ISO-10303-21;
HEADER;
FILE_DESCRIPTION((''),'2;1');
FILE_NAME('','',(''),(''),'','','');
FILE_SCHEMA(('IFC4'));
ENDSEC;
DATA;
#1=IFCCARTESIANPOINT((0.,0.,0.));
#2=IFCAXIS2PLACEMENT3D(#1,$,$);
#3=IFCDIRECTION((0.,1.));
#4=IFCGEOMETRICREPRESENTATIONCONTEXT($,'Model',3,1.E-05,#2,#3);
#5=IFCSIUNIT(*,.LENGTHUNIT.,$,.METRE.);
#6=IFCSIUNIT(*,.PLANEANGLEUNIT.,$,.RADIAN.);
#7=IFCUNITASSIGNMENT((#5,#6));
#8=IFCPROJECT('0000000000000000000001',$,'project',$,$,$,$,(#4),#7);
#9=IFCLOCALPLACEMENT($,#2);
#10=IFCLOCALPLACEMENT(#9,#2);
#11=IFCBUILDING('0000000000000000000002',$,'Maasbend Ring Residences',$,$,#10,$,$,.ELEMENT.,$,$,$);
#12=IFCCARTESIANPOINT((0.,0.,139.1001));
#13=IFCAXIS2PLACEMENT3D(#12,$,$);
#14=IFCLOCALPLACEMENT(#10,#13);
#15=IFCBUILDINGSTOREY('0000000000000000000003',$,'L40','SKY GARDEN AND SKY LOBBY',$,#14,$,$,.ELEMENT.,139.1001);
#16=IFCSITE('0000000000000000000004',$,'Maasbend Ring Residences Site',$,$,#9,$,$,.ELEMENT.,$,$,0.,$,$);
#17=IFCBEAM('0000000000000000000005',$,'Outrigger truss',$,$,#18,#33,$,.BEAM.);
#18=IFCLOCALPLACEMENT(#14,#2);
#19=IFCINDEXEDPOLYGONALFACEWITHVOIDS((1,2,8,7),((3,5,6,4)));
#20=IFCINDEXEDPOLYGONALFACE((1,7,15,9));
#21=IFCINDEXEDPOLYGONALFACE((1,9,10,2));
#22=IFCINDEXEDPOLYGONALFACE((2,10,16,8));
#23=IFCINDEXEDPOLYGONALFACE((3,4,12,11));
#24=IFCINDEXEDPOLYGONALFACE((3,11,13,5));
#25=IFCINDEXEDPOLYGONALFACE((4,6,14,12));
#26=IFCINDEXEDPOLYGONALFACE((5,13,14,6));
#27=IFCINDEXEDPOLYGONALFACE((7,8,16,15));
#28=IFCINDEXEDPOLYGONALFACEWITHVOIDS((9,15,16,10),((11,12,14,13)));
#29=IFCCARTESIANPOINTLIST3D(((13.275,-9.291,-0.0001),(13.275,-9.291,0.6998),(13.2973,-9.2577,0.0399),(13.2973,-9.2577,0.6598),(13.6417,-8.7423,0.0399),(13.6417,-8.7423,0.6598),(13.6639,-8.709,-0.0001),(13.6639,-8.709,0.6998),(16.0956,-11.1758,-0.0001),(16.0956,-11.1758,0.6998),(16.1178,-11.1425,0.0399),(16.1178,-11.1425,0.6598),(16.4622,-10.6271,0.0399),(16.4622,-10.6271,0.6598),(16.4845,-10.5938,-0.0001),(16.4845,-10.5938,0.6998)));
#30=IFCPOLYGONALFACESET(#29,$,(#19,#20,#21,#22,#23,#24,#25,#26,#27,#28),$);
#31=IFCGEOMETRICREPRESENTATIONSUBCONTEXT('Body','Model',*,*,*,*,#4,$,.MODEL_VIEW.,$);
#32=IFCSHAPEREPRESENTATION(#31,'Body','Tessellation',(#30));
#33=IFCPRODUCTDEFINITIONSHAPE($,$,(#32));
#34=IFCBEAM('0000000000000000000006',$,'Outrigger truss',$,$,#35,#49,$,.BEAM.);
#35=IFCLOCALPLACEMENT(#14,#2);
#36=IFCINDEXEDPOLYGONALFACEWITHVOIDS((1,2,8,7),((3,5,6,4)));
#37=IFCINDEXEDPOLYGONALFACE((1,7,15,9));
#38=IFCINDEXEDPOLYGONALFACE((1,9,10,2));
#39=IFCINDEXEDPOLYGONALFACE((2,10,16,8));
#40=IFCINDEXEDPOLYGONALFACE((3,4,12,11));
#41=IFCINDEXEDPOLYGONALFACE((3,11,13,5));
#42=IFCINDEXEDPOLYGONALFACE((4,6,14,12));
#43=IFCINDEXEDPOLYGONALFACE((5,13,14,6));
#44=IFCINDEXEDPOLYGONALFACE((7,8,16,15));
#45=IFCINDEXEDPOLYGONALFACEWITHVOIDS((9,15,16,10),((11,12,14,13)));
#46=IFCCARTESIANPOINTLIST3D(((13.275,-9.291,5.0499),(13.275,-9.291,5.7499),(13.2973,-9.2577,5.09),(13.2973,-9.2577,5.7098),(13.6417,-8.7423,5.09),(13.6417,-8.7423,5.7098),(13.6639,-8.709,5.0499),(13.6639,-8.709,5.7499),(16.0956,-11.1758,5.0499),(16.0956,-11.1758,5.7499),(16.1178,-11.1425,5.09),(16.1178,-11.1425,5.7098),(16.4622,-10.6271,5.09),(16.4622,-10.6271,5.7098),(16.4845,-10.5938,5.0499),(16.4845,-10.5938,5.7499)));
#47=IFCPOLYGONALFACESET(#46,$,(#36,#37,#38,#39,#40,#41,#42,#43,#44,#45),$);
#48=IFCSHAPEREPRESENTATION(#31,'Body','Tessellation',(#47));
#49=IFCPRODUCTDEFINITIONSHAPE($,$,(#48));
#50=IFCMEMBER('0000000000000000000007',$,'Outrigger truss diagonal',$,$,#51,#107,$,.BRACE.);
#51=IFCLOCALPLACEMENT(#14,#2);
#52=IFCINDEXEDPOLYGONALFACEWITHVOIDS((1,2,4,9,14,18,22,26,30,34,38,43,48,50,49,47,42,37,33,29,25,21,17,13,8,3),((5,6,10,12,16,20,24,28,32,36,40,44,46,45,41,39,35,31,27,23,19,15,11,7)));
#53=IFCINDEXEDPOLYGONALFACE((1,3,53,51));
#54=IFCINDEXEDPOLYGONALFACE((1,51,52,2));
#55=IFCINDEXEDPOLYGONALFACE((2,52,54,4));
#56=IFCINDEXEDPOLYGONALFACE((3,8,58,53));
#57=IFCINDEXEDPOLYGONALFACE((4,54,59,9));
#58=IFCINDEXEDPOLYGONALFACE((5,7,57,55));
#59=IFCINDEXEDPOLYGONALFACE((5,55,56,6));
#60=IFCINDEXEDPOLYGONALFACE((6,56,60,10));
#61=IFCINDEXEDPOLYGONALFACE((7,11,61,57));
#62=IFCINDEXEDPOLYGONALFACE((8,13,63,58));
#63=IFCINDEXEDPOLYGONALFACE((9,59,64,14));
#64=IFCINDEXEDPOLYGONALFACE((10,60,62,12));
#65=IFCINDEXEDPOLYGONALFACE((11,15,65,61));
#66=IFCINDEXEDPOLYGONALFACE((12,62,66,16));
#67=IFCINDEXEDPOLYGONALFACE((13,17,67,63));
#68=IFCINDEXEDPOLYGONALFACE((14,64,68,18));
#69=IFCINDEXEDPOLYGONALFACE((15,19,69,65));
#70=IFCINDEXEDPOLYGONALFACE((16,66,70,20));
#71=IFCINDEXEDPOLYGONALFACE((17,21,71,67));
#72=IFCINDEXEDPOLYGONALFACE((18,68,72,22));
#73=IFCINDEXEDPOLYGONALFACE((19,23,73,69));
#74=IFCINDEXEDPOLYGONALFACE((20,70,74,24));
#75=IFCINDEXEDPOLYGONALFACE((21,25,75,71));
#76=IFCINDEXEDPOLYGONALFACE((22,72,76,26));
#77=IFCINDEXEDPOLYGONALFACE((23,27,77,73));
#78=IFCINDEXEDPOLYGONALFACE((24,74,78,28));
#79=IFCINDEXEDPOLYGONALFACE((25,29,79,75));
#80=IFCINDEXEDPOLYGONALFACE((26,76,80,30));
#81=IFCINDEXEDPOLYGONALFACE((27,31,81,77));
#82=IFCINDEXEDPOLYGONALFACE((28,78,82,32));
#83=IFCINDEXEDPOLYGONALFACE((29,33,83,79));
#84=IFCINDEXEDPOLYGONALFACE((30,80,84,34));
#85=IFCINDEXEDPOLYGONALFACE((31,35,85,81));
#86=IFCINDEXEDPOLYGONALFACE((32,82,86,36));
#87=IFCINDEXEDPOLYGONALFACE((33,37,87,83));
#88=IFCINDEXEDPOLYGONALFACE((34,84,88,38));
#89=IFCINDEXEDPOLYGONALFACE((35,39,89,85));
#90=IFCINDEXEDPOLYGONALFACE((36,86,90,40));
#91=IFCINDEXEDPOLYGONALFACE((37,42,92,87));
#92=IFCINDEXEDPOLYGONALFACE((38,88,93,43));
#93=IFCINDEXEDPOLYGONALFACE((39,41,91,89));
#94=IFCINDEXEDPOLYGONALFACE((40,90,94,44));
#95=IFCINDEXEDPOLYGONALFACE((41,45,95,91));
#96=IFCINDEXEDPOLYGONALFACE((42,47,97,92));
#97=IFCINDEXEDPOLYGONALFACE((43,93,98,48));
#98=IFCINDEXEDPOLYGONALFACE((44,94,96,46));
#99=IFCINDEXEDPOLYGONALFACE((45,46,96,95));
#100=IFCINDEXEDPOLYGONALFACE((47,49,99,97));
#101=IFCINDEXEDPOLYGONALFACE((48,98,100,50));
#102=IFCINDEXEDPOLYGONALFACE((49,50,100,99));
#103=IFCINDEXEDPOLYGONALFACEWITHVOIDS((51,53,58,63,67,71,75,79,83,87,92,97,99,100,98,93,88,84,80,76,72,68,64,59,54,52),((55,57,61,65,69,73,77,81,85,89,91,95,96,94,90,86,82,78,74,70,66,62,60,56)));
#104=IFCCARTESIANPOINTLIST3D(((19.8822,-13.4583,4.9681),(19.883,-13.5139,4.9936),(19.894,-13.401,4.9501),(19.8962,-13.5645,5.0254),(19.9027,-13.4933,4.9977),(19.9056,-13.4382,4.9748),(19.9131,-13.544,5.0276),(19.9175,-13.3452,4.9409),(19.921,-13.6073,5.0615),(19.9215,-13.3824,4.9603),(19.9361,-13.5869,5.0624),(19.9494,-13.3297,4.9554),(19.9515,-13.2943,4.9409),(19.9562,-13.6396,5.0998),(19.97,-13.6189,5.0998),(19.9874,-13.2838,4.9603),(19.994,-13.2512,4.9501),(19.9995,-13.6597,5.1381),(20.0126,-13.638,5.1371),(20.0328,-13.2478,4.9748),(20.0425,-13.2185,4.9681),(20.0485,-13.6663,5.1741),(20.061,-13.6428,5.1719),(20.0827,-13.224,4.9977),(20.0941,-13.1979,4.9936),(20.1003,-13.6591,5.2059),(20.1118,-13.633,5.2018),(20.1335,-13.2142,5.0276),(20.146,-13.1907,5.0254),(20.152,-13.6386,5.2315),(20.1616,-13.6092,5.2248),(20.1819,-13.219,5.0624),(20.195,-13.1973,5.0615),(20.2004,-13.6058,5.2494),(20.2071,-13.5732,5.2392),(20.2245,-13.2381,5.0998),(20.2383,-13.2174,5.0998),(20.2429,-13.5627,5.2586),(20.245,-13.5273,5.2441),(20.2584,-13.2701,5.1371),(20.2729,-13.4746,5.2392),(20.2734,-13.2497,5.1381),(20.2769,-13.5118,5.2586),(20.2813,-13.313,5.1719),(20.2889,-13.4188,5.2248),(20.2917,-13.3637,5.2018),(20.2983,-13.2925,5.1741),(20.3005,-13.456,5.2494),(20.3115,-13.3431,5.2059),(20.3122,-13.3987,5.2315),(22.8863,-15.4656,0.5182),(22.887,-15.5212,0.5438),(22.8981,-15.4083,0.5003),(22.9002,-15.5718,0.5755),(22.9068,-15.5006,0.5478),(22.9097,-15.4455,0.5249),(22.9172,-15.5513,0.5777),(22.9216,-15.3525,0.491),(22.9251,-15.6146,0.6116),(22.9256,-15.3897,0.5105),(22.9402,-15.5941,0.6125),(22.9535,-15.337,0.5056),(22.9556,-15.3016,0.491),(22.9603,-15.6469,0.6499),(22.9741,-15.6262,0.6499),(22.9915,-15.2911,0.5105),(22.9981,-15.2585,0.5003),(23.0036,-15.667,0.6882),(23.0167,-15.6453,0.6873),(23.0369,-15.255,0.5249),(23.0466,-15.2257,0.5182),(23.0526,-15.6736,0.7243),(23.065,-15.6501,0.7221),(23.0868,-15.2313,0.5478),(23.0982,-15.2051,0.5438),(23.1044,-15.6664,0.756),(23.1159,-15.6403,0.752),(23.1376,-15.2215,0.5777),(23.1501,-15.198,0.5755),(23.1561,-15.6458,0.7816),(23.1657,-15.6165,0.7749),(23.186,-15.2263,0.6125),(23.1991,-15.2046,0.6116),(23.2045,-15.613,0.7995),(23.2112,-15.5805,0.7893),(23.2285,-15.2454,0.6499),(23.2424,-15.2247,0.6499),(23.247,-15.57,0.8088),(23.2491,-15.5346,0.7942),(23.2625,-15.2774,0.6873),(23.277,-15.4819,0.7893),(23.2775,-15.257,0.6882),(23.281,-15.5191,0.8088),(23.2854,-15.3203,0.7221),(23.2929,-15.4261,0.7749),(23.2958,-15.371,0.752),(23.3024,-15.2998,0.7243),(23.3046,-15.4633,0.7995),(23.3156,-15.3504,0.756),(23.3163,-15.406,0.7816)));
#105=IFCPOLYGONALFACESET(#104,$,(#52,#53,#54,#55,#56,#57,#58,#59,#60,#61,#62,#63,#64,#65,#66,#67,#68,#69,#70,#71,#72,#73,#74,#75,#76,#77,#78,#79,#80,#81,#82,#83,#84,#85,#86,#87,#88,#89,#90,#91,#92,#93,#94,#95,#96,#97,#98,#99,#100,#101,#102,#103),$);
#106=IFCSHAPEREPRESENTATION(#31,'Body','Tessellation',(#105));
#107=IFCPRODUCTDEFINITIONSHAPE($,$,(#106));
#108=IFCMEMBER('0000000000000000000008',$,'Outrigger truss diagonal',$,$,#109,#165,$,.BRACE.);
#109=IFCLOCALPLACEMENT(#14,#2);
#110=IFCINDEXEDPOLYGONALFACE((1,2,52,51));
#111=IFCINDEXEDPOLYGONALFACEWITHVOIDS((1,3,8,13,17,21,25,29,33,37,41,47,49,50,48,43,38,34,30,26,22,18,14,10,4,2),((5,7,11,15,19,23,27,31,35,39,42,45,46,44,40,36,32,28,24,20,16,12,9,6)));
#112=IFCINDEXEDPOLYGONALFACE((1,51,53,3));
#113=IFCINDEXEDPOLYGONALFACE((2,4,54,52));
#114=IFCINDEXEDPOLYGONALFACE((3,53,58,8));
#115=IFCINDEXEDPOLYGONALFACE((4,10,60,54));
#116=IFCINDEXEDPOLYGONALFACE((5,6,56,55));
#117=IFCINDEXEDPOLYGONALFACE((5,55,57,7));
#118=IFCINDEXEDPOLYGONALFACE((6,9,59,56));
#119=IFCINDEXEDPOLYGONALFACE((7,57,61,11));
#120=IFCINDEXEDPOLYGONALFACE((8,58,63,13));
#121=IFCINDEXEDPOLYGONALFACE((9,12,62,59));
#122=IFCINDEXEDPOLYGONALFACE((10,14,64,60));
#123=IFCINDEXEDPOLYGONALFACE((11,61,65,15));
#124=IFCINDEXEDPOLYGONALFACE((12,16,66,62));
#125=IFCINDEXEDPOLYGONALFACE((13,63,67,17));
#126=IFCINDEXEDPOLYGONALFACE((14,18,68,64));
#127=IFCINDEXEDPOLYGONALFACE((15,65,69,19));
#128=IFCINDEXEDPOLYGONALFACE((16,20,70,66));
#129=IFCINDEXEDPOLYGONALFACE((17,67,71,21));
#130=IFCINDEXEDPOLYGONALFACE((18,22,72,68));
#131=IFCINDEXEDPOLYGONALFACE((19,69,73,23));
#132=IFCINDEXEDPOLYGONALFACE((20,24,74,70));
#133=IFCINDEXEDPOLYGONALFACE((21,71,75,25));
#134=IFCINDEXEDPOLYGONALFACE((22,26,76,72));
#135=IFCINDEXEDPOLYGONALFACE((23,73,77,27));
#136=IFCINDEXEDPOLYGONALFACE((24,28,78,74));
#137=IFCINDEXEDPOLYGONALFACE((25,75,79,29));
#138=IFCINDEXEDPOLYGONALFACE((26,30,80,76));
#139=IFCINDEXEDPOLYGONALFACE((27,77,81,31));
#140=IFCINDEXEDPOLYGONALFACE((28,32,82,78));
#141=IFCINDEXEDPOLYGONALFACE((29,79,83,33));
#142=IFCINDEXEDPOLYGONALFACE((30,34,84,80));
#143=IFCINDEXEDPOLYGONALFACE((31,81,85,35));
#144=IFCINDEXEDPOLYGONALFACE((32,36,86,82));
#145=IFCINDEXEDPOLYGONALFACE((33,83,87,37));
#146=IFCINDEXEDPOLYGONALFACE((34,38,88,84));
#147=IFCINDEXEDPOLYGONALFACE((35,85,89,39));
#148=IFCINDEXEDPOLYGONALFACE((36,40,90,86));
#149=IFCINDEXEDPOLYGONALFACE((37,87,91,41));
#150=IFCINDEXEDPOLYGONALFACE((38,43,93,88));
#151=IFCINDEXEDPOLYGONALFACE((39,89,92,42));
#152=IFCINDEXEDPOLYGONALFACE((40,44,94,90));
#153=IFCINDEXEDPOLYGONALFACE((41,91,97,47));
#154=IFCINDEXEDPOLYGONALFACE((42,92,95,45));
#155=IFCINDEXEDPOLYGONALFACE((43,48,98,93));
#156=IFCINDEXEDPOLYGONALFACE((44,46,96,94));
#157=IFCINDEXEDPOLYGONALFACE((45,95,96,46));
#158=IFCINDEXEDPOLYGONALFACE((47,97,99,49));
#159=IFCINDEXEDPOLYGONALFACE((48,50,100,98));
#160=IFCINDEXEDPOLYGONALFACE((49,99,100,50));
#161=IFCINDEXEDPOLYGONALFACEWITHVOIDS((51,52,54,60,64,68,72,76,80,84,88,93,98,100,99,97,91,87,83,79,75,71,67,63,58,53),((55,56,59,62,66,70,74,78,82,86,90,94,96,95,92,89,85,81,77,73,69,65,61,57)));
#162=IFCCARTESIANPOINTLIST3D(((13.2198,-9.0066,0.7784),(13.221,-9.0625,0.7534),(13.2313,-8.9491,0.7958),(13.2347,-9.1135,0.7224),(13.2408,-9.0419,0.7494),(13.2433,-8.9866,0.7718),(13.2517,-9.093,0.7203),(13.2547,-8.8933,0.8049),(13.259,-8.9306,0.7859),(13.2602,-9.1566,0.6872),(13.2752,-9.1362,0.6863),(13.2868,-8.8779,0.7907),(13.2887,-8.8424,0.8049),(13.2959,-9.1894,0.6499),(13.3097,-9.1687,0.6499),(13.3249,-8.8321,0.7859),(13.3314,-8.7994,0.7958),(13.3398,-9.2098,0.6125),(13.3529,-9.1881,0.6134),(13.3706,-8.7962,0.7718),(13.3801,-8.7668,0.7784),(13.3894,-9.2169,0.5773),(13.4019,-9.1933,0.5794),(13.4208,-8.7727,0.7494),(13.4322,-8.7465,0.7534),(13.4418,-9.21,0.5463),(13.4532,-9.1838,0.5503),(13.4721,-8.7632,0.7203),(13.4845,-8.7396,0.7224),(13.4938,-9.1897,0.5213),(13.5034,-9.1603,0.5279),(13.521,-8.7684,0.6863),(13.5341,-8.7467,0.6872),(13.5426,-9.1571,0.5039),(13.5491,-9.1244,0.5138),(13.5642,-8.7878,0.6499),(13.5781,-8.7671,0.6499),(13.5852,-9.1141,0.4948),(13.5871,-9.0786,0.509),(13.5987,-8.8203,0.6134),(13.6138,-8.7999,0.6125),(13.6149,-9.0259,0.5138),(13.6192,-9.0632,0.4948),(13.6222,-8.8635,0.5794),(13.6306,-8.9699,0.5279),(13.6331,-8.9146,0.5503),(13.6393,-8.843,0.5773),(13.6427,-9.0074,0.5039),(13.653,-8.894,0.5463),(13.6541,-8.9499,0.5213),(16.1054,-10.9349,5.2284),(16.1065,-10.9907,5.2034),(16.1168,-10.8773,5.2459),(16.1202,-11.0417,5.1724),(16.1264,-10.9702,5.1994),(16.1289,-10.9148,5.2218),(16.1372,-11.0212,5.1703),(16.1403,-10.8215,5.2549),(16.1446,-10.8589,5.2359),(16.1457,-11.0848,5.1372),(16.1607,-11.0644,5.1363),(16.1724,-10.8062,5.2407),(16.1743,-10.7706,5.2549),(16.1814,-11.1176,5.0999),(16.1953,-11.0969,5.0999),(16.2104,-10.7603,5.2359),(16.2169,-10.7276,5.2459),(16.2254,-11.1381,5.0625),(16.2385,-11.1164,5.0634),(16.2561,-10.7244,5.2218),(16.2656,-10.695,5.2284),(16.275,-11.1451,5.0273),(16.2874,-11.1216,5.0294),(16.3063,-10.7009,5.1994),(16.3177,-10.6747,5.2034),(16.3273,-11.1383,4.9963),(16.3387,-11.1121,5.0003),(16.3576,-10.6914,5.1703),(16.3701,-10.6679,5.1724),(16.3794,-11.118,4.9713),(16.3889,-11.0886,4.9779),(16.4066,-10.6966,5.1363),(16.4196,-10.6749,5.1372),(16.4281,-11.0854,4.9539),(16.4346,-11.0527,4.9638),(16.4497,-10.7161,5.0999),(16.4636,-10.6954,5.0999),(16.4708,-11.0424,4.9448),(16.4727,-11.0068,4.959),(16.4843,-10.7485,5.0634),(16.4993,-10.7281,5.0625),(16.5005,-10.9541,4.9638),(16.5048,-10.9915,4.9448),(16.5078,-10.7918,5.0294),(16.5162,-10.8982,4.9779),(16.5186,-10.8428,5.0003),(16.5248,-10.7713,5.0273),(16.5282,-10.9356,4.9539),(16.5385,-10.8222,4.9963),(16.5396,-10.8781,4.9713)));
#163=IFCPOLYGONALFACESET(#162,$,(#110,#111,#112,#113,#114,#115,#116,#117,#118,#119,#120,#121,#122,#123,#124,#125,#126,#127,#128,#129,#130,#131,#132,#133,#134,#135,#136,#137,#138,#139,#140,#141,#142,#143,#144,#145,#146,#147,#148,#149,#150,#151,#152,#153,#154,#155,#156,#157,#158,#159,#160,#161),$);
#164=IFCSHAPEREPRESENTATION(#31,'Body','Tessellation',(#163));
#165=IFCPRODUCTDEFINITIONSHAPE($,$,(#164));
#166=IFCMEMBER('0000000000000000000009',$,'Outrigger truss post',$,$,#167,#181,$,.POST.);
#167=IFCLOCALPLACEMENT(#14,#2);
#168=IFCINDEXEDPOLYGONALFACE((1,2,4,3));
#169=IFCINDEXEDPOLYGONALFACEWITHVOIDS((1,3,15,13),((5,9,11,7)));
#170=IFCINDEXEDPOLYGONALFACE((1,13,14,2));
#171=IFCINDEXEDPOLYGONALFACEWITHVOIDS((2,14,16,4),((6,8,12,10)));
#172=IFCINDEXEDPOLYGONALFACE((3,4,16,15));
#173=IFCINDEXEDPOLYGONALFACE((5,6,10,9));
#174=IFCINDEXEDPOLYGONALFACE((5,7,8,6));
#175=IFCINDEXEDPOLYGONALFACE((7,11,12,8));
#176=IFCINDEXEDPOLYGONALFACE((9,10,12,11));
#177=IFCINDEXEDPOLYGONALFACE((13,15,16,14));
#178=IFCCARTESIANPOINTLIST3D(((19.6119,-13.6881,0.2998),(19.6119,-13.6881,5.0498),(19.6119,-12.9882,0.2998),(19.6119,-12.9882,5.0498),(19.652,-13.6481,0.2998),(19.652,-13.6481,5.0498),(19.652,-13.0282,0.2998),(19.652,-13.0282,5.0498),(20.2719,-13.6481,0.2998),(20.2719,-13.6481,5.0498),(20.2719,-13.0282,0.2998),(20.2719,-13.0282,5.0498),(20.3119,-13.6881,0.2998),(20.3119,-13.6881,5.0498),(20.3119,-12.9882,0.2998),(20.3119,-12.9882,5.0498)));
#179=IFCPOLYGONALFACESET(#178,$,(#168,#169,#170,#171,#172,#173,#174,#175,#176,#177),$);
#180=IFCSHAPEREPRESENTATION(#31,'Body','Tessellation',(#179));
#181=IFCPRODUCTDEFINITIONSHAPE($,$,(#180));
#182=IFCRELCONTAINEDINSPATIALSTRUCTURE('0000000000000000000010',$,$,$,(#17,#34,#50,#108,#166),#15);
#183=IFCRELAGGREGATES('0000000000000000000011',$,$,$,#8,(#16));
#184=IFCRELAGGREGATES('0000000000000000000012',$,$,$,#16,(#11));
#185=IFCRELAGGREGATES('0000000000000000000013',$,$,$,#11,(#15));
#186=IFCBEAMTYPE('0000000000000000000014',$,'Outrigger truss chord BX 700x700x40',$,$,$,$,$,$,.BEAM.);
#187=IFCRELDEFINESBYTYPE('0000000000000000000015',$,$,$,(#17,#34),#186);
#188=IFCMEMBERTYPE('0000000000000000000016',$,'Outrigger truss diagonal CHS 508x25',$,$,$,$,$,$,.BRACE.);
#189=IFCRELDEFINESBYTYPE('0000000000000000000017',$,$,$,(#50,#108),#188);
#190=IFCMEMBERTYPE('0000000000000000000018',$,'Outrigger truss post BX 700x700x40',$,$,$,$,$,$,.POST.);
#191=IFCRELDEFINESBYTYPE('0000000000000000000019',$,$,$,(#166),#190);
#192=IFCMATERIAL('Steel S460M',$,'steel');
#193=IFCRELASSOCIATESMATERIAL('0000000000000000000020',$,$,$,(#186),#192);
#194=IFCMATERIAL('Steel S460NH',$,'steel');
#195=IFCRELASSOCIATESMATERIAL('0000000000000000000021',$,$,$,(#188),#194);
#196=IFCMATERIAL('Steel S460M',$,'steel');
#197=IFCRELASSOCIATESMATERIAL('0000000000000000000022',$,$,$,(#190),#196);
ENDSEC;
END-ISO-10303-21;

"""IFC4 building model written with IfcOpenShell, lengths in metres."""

from ifc_helpers import new_model, si_unit, direction, frame, origin, origin_2d, place, context, subcontext, project, spatial, hollow_rectangle, hollow_circle, extrude, material, material_profile, profile_set, type_object, element, save


model = new_model("IFC4")

# Units and contexts
model_context = context("Model", 3, precision=1e-05, world=origin(), true_north=direction((0.0, 1.0)))
body_context = subcontext(model_context, "Body", "Model", "MODEL_VIEW")
ifc_project = project(units=[si_unit("LENGTHUNIT", "METRE"), si_unit("PLANEANGLEUNIT", "RADIAN")], contexts=[model_context])

# Site, building, storey
site_placement = place(None, origin())
site = spatial("IfcSite", under=ifc_project, at=site_placement, Name="Maasbend Ring Residences Site", CompositionType="ELEMENT", RefElevation=0.0)
building_placement = place(site_placement, origin())
building = spatial("IfcBuilding", under=site, at=building_placement, Name="Maasbend Ring Residences", CompositionType="ELEMENT")
storey_placement = place(building_placement, frame((0.0, 0.0, 139.1001)))
storey = spatial("IfcBuildingStorey", under=building, at=storey_placement, Name="L40", Description="SKY GARDEN AND SKY LOBBY", CompositionType="ELEMENT", Elevation=139.1001)

# Beams
ifc_material_1 = material(Name="Steel S460M", Category="steel")
ifc_material_profile_1 = material_profile(ifc_material_1, hollow_rectangle(XDim=0.7, YDim=0.7, WallThickness=0.04, at=origin_2d()), Name="Outrigger truss chord BX 700x700x40")
ifc_profile_set_1 = profile_set([ifc_material_profile_1], Name="Steel S460M")
beam_type_1 = type_object("IfcBeamType", Name="Outrigger truss chord BX 700x700x40", PredefinedType="BEAM", material=ifc_profile_set_1)
for number, where, z_axis, x_axis, name in (
    (1, (16.29, -10.8848, 0.3499), (-0.831452, 0.555597, 0.0), (-0.555597, -0.831452, 0.0), "Outrigger truss"),
    (2, (16.29, -10.8848, 5.3999), (-0.831452, 0.555597, 0.0), (-0.555597, -0.831452, 0.0), "Outrigger truss"),
):
    element("IfcBeam", number, at=place(storey_placement, frame(where, z_axis=z_axis, x_axis=x_axis)), inside=storey, type_object=beam_type_1, Name=name, PredefinedType="BEAM", context=body_context, shape_type="SweptSolid", body=[
        extrude(hollow_rectangle(XDim=0.7, YDim=0.7, WallThickness=0.04, at=origin_2d()), origin(), (0.0, 0.0, 1.0), 3.3923),
    ])

# Members
ifc_material_2 = material(Name="Steel S460NH", Category="steel")
ifc_material_profile_2 = material_profile(ifc_material_2, hollow_circle(Radius=0.2539, WallThickness=0.0249, at=origin_2d()), Name="Outrigger truss diagonal CHS 508x25")
ifc_profile_set_2 = profile_set([ifc_material_profile_2], Name="Steel S460NH")
member_type_1 = type_object("IfcMemberType", Name="Outrigger truss diagonal CHS 508x25", PredefinedType="BRACE", material=ifc_profile_set_2)
member_1_placement = place(storey_placement, frame((23.1013, -15.4358, 0.6499), z_axis=(-0.524098, 0.350193, 0.776329), x_axis=(-0.555573, -0.831468, 0.0)))
element("IfcMember", 3, at=member_1_placement, inside=storey, type_object=member_type_1, Name="Outrigger truss diagonal", PredefinedType="BRACE", context=body_context, shape_type="SweptSolid", body=[
    extrude(hollow_circle(Radius=0.2539, WallThickness=0.0249, at=origin_2d()), origin(), (0.0, 0.0, 1.0), 5.7319),
])
member_2_placement = place(storey_placement, frame((16.3225, -10.9065, 5.0999), z_axis=(-0.511319, 0.341687, -0.788545), x_axis=(-0.555609, -0.831444, 0.0)))
element("IfcMember", 4, at=member_2_placement, inside=storey, type_object=member_type_1, Name="Outrigger truss diagonal", PredefinedType="BRACE", context=body_context, shape_type="SweptSolid", body=[
    extrude(hollow_circle(Radius=0.2539, WallThickness=0.0249, at=origin_2d()), origin(), (0.0, 0.0, 1.0), 5.6433),
])
ifc_material_3 = material(Name="Steel S460M", Category="steel")
ifc_material_profile_3 = material_profile(ifc_material_3, hollow_rectangle(XDim=0.7, YDim=0.7, WallThickness=0.04, at=origin_2d()), Name="Outrigger truss post BX 700x700x40")
ifc_profile_set_3 = profile_set([ifc_material_profile_3], Name="Steel S460M")
member_type_2 = type_object("IfcMemberType", Name="Outrigger truss post BX 700x700x40", PredefinedType="POST", material=ifc_profile_set_3)
member_3_placement = place(storey_placement, frame((19.9619, -13.3381, 0.2998), z_axis=(0.0, 0.0, 1.0), x_axis=(1.0, 0.0, 0.0)))
element("IfcMember", 5, at=member_3_placement, inside=storey, type_object=member_type_2, Name="Outrigger truss post", PredefinedType="POST", context=body_context, shape_type="SweptSolid", body=[
    extrude(hollow_rectangle(XDim=0.7, YDim=0.7, WallThickness=0.04, at=origin_2d()), origin(), (0.0, 0.0, 1.0), 4.75),
])

save(model, "model.ifc")
